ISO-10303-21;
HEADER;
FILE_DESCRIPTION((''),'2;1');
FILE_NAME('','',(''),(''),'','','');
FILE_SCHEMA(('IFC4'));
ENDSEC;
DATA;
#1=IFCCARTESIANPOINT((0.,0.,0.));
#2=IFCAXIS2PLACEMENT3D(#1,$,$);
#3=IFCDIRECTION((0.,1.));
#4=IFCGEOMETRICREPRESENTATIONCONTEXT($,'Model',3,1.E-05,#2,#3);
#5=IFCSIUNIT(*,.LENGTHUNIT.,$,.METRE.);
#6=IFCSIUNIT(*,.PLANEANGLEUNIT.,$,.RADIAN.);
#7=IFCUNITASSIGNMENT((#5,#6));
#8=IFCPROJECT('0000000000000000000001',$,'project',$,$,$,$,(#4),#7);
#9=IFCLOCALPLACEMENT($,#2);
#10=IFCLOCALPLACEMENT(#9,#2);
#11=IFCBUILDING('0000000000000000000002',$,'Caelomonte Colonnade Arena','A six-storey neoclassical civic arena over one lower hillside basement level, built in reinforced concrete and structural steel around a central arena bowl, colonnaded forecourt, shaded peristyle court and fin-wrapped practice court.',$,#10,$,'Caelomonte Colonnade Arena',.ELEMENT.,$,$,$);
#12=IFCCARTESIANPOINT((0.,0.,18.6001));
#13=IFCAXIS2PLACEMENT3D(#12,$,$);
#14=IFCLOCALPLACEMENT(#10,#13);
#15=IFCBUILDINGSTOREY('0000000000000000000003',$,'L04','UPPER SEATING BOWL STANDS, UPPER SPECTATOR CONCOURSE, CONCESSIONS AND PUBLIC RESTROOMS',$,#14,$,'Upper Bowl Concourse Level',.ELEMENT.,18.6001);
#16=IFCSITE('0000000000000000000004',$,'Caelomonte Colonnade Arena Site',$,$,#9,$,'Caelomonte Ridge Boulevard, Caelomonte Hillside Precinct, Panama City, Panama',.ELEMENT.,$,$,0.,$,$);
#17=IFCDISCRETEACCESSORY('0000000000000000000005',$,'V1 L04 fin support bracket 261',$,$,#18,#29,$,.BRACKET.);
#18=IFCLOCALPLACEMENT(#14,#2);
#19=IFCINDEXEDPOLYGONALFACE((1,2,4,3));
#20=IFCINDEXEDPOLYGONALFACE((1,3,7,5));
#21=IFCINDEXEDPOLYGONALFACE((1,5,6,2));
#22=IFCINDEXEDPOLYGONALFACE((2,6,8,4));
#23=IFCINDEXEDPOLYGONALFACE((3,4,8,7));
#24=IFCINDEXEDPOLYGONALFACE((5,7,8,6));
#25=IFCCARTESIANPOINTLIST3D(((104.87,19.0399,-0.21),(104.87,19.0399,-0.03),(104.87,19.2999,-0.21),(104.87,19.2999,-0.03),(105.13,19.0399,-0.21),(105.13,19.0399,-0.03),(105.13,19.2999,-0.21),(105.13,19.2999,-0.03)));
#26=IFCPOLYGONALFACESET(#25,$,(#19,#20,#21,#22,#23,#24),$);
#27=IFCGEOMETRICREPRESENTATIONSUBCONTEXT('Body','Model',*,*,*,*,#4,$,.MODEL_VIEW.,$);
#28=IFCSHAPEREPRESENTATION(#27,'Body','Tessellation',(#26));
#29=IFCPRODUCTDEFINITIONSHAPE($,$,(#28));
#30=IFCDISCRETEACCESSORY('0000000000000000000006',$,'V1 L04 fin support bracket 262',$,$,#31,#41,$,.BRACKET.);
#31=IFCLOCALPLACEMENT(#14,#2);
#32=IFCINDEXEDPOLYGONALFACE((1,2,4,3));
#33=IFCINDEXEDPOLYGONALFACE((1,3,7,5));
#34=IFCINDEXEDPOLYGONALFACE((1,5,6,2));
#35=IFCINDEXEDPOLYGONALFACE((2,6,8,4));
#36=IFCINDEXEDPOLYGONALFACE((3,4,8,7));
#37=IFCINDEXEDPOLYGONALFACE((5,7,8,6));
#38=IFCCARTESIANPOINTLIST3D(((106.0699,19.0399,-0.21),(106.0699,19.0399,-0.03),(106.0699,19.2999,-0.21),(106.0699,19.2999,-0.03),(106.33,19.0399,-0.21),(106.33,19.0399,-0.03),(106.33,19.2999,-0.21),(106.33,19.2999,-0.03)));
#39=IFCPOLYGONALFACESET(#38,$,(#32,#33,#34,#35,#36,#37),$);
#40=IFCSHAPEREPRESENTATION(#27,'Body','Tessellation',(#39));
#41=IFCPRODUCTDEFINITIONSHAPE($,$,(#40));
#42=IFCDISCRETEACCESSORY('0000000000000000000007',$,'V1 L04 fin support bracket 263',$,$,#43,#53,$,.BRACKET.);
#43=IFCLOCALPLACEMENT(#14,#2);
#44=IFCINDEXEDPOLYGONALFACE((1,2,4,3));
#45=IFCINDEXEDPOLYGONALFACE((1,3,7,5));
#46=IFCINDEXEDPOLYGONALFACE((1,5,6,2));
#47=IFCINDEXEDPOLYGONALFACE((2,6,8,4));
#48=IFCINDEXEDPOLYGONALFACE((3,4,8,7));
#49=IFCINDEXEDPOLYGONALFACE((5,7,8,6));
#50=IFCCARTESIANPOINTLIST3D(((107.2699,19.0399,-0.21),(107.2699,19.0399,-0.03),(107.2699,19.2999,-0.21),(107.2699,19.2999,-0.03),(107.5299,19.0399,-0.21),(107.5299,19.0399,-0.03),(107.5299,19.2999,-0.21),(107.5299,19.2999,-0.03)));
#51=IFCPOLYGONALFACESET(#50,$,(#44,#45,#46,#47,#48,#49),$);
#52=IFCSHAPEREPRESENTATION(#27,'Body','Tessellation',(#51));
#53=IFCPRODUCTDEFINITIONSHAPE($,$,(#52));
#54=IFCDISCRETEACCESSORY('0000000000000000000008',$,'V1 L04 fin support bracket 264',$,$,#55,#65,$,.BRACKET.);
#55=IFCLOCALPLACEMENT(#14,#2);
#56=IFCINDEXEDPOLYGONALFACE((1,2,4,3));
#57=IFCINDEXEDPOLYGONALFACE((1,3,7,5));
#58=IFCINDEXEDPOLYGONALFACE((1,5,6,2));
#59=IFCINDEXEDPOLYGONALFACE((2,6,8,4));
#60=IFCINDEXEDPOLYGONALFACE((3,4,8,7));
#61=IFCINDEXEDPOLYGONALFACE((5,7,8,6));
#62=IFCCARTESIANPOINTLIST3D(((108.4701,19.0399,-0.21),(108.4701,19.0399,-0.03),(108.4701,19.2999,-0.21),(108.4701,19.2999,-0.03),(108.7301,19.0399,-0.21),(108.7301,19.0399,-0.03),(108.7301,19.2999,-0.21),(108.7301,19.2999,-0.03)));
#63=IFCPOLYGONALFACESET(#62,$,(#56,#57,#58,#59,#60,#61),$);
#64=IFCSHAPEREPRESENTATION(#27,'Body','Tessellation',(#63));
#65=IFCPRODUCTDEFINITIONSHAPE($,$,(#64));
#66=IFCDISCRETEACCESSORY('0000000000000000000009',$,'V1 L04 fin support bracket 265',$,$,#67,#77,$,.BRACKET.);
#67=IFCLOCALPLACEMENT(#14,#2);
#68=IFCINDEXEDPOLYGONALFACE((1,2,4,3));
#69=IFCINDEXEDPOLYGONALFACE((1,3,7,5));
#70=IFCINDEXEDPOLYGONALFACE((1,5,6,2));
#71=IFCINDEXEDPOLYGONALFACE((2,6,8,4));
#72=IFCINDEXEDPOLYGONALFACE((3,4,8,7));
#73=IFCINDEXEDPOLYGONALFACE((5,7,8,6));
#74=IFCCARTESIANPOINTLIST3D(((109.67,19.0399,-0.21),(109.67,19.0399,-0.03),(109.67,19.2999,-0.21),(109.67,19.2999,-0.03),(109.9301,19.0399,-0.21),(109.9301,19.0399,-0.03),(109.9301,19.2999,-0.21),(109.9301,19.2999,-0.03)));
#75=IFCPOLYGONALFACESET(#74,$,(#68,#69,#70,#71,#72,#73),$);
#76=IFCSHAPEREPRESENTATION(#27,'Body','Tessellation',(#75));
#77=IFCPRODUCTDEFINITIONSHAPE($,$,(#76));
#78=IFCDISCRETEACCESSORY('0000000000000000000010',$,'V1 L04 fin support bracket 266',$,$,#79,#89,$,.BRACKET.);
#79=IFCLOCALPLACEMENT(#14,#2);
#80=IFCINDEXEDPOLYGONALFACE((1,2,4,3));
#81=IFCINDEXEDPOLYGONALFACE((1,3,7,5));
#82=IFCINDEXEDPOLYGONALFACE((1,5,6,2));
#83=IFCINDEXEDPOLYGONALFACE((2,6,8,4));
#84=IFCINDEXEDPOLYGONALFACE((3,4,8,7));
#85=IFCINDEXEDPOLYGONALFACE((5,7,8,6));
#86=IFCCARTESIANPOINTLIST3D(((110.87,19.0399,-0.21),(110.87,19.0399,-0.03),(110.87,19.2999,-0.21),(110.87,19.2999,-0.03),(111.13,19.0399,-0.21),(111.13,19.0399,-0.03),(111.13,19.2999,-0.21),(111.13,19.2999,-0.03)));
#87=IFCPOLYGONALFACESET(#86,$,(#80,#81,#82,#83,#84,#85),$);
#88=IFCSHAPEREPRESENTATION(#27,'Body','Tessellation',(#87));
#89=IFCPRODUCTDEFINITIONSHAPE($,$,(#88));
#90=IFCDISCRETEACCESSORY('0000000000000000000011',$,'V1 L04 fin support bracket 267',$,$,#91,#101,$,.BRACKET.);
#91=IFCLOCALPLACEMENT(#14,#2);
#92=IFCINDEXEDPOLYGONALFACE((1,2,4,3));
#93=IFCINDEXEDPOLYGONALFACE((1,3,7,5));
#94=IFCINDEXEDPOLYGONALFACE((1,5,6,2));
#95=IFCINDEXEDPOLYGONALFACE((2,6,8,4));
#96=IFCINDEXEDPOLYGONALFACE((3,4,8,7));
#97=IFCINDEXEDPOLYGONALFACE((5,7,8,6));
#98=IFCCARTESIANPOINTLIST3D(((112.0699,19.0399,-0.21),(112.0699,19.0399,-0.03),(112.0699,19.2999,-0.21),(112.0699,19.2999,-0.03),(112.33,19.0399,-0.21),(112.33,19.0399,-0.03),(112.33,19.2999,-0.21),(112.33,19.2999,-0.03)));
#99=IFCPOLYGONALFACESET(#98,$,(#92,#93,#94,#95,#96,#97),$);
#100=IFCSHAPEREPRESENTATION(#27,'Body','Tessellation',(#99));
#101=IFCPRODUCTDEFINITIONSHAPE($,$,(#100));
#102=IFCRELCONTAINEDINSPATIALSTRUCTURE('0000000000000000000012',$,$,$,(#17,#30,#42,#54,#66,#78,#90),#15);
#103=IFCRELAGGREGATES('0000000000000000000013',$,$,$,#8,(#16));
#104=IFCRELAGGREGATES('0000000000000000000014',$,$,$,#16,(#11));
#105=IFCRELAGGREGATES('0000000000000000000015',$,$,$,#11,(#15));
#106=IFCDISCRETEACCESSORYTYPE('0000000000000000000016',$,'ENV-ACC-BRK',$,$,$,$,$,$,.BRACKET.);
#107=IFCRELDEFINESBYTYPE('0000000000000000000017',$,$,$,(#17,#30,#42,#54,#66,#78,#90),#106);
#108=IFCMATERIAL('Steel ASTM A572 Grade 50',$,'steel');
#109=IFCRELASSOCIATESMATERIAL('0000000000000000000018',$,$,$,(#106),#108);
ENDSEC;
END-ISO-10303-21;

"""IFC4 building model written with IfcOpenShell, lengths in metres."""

from ifc_helpers import new_model, si_unit, direction, frame, origin, origin_2d, place, context, subcontext, project, spatial, rectangle, extrude, material, type_object, element, save


model = new_model("IFC4")

# Units and contexts
model_context = context("Model", 3, precision=1e-05, world=origin(), true_north=direction((0.0, 1.0)))
body_context = subcontext(model_context, "Body", "Model", "MODEL_VIEW")
ifc_project = project(units=[si_unit("LENGTHUNIT", "METRE"), si_unit("PLANEANGLEUNIT", "RADIAN")], contexts=[model_context])

# Site, building, storey
site_placement = place(None, origin())
site = spatial("IfcSite", under=ifc_project, at=site_placement, Name="Caelomonte Colonnade Arena Site", LongName="Caelomonte Ridge Boulevard, Caelomonte Hillside Precinct, Panama City, Panama", CompositionType="ELEMENT", RefElevation=0.0)
building_placement = place(site_placement, origin())
building = spatial("IfcBuilding", under=site, at=building_placement, Name="Caelomonte Colonnade Arena", Description="A six-storey neoclassical civic arena over one lower hillside basement level, built in reinforced concrete and structural steel around a central arena bowl, colonnaded forecourt, shaded peristyle court and fin-wrapped practice court.", LongName="Caelomonte Colonnade Arena", CompositionType="ELEMENT")
storey_placement = place(building_placement, frame((0.0, 0.0, 18.6001)))
storey = spatial("IfcBuildingStorey", under=building, at=storey_placement, Name="L04", Description="UPPER SEATING BOWL STANDS, UPPER SPECTATOR CONCOURSE, CONCESSIONS AND PUBLIC RESTROOMS", LongName="Upper Bowl Concourse Level", CompositionType="ELEMENT", Elevation=18.6001)

# Discrete accessories
ifc_material_1 = material(Name="Steel ASTM A572 Grade 50", Category="steel")
discrete_accessory_type = type_object("IfcDiscreteAccessoryType", Name="ENV-ACC-BRK", PredefinedType="BRACKET", material=ifc_material_1)
for number, where, z_axis, x_axis, name in (
    (1, (105.0, 19.1699, -0.21), (0.0, 0.0, 1.0), (1.0, 0.0, 0.0), "V1 L04 fin support bracket 261"),
    (2, (106.2, 19.1699, -0.21), (0.0, 0.0, 1.0), (1.0, 0.0, 0.0), "V1 L04 fin support bracket 262"),
    (3, (107.3999, 19.1699, -0.21), (0.0, 0.0, 1.0), (1.0, 0.0, 0.0), "V1 L04 fin support bracket 263"),
    (4, (108.6001, 19.1699, -0.21), (0.0, 0.0, 1.0), (1.0, 0.0, 0.0), "V1 L04 fin support bracket 264"),
    (5, (109.8, 19.1699, -0.21), (0.0, 0.0, 1.0), (1.0, 0.0, 0.0), "V1 L04 fin support bracket 265"),
    (6, (111.0, 19.1699, -0.21), (0.0, 0.0, 1.0), (1.0, 0.0, 0.0), "V1 L04 fin support bracket 266"),
    (7, (112.2, 19.1699, -0.21), (0.0, 0.0, 1.0), (1.0, 0.0, 0.0), "V1 L04 fin support bracket 267"),
):
    element("IfcDiscreteAccessory", number, at=place(storey_placement, frame(where, z_axis=z_axis, x_axis=x_axis)), inside=storey, type_object=discrete_accessory_type, Name=name, PredefinedType="BRACKET", context=body_context, shape_type="SweptSolid", body=[
        extrude(rectangle(XDim=0.26, YDim=0.26, at=origin_2d()), origin(), (0.0, 0.0, 1.0), 0.1799),
    ])

save(model, "model.ifc")
